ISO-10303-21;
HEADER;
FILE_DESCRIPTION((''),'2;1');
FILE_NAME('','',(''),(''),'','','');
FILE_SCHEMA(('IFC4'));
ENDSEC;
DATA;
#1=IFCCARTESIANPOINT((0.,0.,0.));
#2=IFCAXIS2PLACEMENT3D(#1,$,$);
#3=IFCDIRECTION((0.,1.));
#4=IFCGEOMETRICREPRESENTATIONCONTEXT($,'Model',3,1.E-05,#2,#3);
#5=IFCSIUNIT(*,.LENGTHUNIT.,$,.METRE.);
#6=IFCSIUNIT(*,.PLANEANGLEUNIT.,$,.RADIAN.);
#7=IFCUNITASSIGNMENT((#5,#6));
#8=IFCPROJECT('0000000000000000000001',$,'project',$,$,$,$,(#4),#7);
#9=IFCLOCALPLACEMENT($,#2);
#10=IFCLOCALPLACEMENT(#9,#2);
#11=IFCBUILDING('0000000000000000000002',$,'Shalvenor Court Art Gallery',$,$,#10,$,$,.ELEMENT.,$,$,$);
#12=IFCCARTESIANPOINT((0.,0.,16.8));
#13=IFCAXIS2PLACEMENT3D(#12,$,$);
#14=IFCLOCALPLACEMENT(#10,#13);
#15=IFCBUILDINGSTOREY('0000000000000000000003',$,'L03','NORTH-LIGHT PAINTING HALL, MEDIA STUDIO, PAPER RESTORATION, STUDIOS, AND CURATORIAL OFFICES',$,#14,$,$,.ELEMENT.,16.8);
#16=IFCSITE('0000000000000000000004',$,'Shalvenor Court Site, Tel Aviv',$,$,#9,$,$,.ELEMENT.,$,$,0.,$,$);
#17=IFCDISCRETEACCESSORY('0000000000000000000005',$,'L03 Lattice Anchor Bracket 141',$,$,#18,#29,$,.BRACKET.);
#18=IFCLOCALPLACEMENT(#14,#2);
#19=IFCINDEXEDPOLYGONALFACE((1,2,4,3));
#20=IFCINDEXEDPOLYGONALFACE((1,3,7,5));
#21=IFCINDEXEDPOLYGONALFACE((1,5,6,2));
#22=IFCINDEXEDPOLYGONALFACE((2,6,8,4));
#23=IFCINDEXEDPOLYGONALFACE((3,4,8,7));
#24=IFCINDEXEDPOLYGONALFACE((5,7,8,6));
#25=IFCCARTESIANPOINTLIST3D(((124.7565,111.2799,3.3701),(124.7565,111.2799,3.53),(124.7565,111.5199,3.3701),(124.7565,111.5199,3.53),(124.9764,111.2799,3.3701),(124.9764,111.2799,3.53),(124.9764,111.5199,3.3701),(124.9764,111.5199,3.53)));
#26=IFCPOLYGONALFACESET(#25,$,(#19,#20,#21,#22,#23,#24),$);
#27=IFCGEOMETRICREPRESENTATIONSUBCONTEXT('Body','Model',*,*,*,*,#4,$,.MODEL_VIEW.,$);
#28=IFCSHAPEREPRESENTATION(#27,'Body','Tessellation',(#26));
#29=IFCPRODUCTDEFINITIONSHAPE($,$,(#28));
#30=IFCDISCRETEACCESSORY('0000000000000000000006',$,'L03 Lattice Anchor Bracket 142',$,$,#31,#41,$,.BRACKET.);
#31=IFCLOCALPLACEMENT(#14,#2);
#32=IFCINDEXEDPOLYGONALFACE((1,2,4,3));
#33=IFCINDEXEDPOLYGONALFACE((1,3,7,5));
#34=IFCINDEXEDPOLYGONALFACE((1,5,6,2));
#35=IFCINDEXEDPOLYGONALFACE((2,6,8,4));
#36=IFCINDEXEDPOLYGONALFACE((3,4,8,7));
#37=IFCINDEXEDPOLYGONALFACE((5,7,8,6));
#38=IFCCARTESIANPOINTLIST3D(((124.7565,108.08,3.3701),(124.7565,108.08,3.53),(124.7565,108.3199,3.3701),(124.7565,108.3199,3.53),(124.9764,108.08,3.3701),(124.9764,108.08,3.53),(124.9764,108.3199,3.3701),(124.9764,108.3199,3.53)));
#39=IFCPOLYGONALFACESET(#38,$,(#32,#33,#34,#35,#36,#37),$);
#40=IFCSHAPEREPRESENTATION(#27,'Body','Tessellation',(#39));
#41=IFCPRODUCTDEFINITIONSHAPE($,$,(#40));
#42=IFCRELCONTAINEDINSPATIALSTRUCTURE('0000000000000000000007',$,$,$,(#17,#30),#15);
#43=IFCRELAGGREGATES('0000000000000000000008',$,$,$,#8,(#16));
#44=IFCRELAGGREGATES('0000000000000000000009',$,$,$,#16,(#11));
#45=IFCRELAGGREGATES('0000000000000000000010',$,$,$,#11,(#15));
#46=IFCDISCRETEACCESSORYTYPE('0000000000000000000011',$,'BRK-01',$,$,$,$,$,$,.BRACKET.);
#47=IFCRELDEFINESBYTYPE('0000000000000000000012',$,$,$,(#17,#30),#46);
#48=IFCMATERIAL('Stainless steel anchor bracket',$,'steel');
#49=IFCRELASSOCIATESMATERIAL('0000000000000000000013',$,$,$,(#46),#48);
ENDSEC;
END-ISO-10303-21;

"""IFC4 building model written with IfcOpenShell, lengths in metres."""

from ifc_helpers import new_model, si_unit, direction, frame, origin, origin_2d, place, context, subcontext, project, spatial, rectangle, extrude, material, type_object, element, save


model = new_model("IFC4")

# Units and contexts
model_context = context("Model", 3, precision=1e-05, world=origin(), true_north=direction((0.0, 1.0)))
body_context = subcontext(model_context, "Body", "Model", "MODEL_VIEW")
ifc_project = project(units=[si_unit("LENGTHUNIT", "METRE"), si_unit("PLANEANGLEUNIT", "RADIAN")], contexts=[model_context])

# Site, building, storey
site_placement = place(None, origin())
site = spatial("IfcSite", under=ifc_project, at=site_placement, Name="Shalvenor Court Site, Tel Aviv", CompositionType="ELEMENT", RefElevation=0.0)
building_placement = place(site_placement, origin())
building = spatial("IfcBuilding", under=site, at=building_placement, Name="Shalvenor Court Art Gallery", CompositionType="ELEMENT")
storey_placement = place(building_placement, frame((0.0, 0.0, 16.8)))
storey = spatial("IfcBuildingStorey", under=building, at=storey_placement, Name="L03", Description="NORTH-LIGHT PAINTING HALL, MEDIA STUDIO, PAPER RESTORATION, STUDIOS, AND CURATORIAL OFFICES", CompositionType="ELEMENT", Elevation=16.8)

# Discrete accessories
ifc_material_1 = material(Name="Stainless steel anchor bracket", Category="steel")
discrete_accessory_type = type_object("IfcDiscreteAccessoryType", Name="BRK-01", PredefinedType="BRACKET", material=ifc_material_1)
for number, where, z_axis, x_axis, name in (
    (1, (124.8665, 111.3999, 3.3701), (0.0, 0.0, 1.0), (0.0, -1.0, 0.0), "L03 Lattice Anchor Bracket 141"),
    (2, (124.8665, 108.2, 3.3701), (0.0, 0.0, 1.0), (0.0, -1.0, 0.0), "L03 Lattice Anchor Bracket 142"),
):
    element("IfcDiscreteAccessory", number, at=place(storey_placement, frame(where, z_axis=z_axis, x_axis=x_axis)), inside=storey, type_object=discrete_accessory_type, Name=name, PredefinedType="BRACKET", context=body_context, shape_type="SweptSolid", body=[
        extrude(rectangle(XDim=0.24, YDim=0.22, at=origin_2d()), origin(), (0.0, 0.0, 1.0), 0.1599),
    ])

save(model, "model.ifc")
